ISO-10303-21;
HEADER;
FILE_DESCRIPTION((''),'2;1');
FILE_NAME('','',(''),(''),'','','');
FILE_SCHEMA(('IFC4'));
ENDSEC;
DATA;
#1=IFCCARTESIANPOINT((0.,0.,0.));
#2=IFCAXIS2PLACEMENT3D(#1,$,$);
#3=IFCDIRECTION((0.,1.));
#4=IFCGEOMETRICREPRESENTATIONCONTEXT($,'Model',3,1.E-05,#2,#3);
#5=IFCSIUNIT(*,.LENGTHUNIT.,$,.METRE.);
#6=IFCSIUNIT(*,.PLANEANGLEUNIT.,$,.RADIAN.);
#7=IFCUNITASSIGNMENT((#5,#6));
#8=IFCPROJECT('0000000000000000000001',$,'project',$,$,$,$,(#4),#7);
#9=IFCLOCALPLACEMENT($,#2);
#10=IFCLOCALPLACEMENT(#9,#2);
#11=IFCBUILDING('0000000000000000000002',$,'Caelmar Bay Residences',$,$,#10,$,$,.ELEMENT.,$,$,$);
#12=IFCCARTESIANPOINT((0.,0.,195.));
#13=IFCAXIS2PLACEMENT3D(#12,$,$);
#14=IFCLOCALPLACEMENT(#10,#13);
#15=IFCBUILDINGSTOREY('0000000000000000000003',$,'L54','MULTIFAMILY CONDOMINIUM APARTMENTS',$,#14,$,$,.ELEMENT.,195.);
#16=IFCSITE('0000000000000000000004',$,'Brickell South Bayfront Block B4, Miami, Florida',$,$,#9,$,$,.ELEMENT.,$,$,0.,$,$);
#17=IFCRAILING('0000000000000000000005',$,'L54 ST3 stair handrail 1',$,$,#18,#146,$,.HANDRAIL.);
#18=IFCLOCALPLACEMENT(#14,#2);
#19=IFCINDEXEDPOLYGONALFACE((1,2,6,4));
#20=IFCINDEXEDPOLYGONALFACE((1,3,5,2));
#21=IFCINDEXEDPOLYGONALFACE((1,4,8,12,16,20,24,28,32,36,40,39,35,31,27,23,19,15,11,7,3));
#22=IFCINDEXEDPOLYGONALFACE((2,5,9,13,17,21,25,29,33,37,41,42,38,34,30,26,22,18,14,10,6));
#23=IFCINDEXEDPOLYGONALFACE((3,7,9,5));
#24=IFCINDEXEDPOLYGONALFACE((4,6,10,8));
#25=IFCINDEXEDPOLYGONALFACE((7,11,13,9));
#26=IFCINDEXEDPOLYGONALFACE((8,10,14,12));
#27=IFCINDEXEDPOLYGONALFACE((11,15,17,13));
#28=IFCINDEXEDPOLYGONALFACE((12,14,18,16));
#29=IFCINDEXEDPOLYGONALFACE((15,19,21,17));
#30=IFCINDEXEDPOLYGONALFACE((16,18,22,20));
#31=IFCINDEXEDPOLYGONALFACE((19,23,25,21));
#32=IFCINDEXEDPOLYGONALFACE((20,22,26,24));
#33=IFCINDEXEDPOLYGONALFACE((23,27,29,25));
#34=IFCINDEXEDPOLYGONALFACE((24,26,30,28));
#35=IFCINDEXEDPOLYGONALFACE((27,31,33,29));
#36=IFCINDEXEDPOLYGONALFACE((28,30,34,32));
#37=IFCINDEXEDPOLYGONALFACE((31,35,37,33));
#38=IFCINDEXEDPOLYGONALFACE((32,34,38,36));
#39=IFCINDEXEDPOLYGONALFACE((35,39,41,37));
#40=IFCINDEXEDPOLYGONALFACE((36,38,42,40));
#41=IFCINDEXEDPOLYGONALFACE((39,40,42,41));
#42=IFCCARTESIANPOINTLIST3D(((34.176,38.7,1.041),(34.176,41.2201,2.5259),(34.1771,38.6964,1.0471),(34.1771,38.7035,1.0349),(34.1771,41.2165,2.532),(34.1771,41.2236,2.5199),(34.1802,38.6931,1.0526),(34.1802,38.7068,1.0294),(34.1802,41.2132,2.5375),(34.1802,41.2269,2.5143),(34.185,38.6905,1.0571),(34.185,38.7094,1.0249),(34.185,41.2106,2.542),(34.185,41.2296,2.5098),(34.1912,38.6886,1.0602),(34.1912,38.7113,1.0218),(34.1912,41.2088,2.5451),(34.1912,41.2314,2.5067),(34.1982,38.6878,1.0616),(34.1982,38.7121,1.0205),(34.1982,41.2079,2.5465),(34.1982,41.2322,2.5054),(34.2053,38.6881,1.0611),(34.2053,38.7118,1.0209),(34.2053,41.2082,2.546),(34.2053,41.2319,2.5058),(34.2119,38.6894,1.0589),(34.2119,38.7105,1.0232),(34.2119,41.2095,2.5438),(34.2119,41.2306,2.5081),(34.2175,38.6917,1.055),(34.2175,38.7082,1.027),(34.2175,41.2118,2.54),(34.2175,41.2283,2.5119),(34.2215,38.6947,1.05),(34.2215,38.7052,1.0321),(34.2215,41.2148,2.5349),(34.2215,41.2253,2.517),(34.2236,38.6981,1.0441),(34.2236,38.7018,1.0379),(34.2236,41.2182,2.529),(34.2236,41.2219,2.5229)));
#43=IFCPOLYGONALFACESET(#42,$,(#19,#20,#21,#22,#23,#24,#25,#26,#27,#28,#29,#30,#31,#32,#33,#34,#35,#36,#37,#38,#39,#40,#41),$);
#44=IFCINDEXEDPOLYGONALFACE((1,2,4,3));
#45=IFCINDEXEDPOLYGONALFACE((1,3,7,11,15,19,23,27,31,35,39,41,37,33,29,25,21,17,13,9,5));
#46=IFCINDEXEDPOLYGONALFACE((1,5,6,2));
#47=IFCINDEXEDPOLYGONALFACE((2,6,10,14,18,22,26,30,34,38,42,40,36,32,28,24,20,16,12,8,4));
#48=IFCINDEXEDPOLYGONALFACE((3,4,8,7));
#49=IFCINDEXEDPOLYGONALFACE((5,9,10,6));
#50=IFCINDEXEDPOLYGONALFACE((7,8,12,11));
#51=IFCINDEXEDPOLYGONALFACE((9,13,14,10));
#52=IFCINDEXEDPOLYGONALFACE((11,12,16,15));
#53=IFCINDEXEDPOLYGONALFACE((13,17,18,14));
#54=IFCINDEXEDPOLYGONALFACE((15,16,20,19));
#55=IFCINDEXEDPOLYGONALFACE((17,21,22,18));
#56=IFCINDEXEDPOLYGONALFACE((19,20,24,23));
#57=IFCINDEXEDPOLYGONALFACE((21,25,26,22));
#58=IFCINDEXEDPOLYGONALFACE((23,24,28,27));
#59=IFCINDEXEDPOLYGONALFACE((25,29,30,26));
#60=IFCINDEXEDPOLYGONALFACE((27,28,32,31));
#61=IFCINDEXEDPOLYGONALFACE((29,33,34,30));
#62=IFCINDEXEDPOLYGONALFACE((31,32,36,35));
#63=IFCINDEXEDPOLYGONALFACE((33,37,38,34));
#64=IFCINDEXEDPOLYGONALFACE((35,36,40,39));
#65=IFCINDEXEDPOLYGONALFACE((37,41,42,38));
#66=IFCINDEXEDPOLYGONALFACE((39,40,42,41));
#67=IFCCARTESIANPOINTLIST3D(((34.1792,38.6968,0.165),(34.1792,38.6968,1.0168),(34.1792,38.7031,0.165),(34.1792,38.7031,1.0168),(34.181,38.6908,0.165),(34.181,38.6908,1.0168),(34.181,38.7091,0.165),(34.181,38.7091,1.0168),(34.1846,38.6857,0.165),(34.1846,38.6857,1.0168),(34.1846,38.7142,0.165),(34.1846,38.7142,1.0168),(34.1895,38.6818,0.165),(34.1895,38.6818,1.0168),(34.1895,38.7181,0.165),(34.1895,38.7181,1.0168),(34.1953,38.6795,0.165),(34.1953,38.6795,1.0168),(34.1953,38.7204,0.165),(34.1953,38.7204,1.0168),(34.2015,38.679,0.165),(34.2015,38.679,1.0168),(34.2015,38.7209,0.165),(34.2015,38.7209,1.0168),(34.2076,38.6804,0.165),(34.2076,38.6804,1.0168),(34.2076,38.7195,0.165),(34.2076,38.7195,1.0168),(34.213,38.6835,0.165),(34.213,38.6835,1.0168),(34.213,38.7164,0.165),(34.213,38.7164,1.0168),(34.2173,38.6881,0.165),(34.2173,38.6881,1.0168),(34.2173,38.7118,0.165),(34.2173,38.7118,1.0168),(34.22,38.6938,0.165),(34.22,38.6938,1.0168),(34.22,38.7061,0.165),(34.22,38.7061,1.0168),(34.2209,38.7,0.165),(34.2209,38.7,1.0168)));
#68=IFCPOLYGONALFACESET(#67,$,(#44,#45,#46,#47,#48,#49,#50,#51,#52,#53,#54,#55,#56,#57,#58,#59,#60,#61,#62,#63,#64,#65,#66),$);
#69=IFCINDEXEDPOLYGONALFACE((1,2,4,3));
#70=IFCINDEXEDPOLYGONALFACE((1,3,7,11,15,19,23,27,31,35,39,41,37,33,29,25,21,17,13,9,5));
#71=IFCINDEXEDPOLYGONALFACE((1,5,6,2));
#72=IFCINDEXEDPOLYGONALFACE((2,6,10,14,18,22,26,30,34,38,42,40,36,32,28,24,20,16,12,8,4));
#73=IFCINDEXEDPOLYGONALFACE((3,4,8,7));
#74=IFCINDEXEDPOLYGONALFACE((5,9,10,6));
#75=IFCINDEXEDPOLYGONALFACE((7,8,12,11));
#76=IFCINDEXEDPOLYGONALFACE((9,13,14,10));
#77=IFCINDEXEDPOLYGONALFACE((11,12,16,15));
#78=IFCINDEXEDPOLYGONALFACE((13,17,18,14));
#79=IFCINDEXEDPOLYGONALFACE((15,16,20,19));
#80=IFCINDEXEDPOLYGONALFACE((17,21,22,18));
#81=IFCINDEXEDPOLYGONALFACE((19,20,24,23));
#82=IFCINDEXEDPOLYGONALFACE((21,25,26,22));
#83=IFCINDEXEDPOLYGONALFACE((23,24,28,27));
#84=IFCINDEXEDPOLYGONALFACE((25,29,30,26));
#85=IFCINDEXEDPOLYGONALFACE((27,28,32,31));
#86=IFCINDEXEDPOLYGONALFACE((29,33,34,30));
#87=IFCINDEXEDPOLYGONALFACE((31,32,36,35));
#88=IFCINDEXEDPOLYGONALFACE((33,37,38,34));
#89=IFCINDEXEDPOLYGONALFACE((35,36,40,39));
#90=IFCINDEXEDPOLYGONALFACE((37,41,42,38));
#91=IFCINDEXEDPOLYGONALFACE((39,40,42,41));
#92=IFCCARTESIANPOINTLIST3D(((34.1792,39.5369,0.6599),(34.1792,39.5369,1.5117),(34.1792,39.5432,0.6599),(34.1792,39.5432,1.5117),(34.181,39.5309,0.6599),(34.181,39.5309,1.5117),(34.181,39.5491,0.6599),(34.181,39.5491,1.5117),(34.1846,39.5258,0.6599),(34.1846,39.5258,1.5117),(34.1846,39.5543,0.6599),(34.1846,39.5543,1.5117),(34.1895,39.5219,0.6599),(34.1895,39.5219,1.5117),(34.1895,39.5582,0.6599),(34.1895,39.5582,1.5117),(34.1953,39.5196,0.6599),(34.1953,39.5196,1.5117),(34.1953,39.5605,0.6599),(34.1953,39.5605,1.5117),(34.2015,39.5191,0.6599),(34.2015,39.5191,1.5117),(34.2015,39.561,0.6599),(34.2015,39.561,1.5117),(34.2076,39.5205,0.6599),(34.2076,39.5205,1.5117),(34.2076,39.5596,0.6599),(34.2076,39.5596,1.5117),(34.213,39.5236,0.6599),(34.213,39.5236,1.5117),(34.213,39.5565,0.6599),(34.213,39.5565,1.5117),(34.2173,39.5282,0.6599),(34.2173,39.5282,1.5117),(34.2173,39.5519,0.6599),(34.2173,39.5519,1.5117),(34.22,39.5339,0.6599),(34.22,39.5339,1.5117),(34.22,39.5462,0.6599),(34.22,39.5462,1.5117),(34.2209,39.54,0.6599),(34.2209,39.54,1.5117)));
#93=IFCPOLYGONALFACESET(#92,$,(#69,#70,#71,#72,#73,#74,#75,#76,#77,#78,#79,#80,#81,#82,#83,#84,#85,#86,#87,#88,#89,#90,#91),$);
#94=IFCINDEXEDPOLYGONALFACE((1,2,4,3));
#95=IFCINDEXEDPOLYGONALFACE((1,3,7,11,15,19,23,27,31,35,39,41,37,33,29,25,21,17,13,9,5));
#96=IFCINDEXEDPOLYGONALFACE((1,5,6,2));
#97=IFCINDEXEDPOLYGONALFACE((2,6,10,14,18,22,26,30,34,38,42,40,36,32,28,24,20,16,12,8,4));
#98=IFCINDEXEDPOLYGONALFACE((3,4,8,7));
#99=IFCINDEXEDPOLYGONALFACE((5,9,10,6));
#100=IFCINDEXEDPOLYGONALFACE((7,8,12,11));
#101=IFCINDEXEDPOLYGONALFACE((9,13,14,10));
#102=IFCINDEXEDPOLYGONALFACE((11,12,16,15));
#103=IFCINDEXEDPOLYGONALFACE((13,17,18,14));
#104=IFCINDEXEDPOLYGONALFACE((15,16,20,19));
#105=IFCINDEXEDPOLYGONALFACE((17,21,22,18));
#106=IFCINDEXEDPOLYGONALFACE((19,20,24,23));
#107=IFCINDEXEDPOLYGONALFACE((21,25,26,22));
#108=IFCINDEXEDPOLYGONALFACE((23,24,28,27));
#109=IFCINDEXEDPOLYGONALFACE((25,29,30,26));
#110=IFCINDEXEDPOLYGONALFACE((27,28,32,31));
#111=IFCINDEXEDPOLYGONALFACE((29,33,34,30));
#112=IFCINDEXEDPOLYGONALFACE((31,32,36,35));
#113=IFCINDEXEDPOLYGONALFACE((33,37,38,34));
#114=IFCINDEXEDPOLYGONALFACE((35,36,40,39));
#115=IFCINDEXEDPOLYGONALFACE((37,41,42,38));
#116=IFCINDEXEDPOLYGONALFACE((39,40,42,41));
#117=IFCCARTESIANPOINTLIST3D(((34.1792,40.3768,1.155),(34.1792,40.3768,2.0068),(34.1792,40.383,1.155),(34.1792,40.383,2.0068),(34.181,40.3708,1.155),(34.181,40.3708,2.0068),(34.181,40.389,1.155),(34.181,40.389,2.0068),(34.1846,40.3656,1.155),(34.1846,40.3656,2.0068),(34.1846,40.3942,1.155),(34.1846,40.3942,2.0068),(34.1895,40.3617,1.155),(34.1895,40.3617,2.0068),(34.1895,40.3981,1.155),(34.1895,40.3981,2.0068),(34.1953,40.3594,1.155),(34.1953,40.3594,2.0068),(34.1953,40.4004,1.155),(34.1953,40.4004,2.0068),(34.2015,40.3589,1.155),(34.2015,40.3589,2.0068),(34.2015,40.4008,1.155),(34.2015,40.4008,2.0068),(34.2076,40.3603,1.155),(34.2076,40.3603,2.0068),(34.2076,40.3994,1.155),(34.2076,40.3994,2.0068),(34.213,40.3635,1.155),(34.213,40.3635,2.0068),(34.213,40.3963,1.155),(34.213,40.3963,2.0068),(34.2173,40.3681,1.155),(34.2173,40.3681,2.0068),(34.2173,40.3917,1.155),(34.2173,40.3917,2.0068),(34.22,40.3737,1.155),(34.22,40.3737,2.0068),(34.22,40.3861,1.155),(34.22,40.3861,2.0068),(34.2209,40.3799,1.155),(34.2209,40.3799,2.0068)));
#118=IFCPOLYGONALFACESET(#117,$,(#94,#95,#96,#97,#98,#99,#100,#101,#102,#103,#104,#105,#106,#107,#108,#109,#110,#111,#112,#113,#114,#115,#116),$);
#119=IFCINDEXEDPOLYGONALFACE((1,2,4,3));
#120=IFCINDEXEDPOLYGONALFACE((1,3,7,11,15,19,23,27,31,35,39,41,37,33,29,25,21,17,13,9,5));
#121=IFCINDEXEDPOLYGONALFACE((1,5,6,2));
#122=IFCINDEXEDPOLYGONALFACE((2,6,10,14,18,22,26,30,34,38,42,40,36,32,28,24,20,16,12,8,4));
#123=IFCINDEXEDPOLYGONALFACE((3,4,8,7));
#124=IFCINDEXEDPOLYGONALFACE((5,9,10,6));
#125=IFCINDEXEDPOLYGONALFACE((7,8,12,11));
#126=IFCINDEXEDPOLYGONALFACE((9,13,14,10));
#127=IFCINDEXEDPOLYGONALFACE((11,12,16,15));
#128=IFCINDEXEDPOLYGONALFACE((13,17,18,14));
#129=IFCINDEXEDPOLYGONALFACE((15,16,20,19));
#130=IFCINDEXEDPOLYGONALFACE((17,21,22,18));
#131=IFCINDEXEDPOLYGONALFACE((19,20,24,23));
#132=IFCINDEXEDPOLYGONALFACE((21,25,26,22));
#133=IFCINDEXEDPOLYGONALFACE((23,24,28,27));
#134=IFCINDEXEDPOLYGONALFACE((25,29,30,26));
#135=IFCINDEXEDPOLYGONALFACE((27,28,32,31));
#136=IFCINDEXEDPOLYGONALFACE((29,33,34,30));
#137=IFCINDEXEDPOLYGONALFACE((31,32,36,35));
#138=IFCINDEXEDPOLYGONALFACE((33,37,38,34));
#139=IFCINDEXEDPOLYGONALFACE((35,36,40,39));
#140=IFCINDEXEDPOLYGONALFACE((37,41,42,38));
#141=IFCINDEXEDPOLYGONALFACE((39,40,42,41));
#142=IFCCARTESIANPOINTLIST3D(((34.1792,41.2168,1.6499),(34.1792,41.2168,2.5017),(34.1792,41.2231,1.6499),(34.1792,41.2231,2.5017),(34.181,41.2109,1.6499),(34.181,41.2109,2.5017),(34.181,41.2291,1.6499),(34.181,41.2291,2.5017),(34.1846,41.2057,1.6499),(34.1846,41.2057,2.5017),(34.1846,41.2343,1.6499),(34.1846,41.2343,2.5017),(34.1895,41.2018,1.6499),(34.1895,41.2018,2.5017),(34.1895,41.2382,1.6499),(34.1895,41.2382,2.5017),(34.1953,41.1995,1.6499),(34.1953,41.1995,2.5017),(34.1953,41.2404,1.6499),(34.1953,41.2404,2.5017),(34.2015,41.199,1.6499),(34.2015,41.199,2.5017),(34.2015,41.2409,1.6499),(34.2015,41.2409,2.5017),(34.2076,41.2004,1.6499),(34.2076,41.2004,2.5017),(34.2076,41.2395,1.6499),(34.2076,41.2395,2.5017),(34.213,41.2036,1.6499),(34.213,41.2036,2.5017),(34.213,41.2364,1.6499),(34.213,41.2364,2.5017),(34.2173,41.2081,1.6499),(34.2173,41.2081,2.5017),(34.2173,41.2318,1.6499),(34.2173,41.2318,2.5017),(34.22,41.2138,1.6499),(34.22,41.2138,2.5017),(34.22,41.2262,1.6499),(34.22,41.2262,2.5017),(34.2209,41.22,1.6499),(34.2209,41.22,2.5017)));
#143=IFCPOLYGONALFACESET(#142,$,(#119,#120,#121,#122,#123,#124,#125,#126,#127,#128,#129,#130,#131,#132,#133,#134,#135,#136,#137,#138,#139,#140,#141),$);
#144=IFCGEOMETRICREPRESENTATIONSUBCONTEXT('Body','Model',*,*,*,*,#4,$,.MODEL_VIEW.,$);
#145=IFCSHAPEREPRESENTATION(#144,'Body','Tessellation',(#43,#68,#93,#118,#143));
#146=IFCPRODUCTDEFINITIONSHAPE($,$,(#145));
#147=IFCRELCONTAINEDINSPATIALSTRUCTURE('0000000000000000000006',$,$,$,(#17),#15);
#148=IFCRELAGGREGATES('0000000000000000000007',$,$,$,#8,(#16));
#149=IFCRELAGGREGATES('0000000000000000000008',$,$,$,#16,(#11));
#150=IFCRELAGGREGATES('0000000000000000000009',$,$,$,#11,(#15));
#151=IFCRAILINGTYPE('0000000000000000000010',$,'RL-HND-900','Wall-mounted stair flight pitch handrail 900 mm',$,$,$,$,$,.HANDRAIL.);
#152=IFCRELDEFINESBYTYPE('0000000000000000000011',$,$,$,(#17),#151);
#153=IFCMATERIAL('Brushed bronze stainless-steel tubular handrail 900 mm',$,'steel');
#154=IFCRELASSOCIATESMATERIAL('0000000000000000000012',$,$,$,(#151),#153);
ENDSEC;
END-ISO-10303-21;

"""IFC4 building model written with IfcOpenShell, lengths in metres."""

from ifc_helpers import new_model, si_unit, direction, frame, origin, origin_2d, place, context, subcontext, project, spatial, circle, extrude, material, type_object, element, save


model = new_model("IFC4")

# Units and contexts
model_context = context("Model", 3, precision=1e-05, world=origin(), true_north=direction((0.0, 1.0)))
body_context = subcontext(model_context, "Body", "Model", "MODEL_VIEW")
ifc_project = project(units=[si_unit("LENGTHUNIT", "METRE"), si_unit("PLANEANGLEUNIT", "RADIAN")], contexts=[model_context])

# Site, building, storey
site_placement = place(None, origin())
site = spatial("IfcSite", under=ifc_project, at=site_placement, Name="Brickell South Bayfront Block B4, Miami, Florida", CompositionType="ELEMENT", RefElevation=0.0)
building_placement = place(site_placement, origin())
building = spatial("IfcBuilding", under=site, at=building_placement, Name="Caelmar Bay Residences", CompositionType="ELEMENT")
storey_placement = place(building_placement, frame((0.0, 0.0, 195.0)))
storey = spatial("IfcBuildingStorey", under=building, at=storey_placement, Name="L54", Description="MULTIFAMILY CONDOMINIUM APARTMENTS", CompositionType="ELEMENT", Elevation=195.0)

# Railing
ifc_material_1 = material(Name="Brushed bronze stainless-steel tubular handrail 900 mm", Category="steel")
railing_type_1 = type_object("IfcRailingType", Name="RL-HND-900", Description="Wall-mounted stair flight pitch handrail 900 mm", PredefinedType="HANDRAIL", material=ifc_material_1)
railing_1_placement = place(storey_placement, frame((34.2, 38.7, 0.165)))
element("IfcRailing", 1, at=railing_1_placement, inside=storey, type_object=railing_type_1, Name="L54 ST3 stair handrail 1", PredefinedType="HANDRAIL", context=body_context, shape_type="SweptSolid", body=[
    extrude(circle(Radius=0.0239, at=origin_2d()), frame((0.0, 0.0, 0.876), z_axis=(0.0, 0.861561, 0.507655), x_axis=(-1.0, 0.0, 0.0)), (0.0, 0.0, 1.0), 2.925),
    extrude(circle(Radius=0.021, at=origin_2d()), origin(), (0.0, 0.0, 1.0), 0.8518),
    extrude(circle(Radius=0.021, at=origin_2d()), frame((0.0, 0.8401, 0.4949)), (0.0, 0.0, 1.0), 0.8518),
    extrude(circle(Radius=0.021, at=origin_2d()), frame((0.0, 1.6799, 0.99)), (0.0, 0.0, 1.0), 0.8518),
    extrude(circle(Radius=0.021, at=origin_2d()), frame((0.0, 2.52, 1.4849)), (0.0, 0.0, 1.0), 0.8518),
])

save(model, "model.ifc")
